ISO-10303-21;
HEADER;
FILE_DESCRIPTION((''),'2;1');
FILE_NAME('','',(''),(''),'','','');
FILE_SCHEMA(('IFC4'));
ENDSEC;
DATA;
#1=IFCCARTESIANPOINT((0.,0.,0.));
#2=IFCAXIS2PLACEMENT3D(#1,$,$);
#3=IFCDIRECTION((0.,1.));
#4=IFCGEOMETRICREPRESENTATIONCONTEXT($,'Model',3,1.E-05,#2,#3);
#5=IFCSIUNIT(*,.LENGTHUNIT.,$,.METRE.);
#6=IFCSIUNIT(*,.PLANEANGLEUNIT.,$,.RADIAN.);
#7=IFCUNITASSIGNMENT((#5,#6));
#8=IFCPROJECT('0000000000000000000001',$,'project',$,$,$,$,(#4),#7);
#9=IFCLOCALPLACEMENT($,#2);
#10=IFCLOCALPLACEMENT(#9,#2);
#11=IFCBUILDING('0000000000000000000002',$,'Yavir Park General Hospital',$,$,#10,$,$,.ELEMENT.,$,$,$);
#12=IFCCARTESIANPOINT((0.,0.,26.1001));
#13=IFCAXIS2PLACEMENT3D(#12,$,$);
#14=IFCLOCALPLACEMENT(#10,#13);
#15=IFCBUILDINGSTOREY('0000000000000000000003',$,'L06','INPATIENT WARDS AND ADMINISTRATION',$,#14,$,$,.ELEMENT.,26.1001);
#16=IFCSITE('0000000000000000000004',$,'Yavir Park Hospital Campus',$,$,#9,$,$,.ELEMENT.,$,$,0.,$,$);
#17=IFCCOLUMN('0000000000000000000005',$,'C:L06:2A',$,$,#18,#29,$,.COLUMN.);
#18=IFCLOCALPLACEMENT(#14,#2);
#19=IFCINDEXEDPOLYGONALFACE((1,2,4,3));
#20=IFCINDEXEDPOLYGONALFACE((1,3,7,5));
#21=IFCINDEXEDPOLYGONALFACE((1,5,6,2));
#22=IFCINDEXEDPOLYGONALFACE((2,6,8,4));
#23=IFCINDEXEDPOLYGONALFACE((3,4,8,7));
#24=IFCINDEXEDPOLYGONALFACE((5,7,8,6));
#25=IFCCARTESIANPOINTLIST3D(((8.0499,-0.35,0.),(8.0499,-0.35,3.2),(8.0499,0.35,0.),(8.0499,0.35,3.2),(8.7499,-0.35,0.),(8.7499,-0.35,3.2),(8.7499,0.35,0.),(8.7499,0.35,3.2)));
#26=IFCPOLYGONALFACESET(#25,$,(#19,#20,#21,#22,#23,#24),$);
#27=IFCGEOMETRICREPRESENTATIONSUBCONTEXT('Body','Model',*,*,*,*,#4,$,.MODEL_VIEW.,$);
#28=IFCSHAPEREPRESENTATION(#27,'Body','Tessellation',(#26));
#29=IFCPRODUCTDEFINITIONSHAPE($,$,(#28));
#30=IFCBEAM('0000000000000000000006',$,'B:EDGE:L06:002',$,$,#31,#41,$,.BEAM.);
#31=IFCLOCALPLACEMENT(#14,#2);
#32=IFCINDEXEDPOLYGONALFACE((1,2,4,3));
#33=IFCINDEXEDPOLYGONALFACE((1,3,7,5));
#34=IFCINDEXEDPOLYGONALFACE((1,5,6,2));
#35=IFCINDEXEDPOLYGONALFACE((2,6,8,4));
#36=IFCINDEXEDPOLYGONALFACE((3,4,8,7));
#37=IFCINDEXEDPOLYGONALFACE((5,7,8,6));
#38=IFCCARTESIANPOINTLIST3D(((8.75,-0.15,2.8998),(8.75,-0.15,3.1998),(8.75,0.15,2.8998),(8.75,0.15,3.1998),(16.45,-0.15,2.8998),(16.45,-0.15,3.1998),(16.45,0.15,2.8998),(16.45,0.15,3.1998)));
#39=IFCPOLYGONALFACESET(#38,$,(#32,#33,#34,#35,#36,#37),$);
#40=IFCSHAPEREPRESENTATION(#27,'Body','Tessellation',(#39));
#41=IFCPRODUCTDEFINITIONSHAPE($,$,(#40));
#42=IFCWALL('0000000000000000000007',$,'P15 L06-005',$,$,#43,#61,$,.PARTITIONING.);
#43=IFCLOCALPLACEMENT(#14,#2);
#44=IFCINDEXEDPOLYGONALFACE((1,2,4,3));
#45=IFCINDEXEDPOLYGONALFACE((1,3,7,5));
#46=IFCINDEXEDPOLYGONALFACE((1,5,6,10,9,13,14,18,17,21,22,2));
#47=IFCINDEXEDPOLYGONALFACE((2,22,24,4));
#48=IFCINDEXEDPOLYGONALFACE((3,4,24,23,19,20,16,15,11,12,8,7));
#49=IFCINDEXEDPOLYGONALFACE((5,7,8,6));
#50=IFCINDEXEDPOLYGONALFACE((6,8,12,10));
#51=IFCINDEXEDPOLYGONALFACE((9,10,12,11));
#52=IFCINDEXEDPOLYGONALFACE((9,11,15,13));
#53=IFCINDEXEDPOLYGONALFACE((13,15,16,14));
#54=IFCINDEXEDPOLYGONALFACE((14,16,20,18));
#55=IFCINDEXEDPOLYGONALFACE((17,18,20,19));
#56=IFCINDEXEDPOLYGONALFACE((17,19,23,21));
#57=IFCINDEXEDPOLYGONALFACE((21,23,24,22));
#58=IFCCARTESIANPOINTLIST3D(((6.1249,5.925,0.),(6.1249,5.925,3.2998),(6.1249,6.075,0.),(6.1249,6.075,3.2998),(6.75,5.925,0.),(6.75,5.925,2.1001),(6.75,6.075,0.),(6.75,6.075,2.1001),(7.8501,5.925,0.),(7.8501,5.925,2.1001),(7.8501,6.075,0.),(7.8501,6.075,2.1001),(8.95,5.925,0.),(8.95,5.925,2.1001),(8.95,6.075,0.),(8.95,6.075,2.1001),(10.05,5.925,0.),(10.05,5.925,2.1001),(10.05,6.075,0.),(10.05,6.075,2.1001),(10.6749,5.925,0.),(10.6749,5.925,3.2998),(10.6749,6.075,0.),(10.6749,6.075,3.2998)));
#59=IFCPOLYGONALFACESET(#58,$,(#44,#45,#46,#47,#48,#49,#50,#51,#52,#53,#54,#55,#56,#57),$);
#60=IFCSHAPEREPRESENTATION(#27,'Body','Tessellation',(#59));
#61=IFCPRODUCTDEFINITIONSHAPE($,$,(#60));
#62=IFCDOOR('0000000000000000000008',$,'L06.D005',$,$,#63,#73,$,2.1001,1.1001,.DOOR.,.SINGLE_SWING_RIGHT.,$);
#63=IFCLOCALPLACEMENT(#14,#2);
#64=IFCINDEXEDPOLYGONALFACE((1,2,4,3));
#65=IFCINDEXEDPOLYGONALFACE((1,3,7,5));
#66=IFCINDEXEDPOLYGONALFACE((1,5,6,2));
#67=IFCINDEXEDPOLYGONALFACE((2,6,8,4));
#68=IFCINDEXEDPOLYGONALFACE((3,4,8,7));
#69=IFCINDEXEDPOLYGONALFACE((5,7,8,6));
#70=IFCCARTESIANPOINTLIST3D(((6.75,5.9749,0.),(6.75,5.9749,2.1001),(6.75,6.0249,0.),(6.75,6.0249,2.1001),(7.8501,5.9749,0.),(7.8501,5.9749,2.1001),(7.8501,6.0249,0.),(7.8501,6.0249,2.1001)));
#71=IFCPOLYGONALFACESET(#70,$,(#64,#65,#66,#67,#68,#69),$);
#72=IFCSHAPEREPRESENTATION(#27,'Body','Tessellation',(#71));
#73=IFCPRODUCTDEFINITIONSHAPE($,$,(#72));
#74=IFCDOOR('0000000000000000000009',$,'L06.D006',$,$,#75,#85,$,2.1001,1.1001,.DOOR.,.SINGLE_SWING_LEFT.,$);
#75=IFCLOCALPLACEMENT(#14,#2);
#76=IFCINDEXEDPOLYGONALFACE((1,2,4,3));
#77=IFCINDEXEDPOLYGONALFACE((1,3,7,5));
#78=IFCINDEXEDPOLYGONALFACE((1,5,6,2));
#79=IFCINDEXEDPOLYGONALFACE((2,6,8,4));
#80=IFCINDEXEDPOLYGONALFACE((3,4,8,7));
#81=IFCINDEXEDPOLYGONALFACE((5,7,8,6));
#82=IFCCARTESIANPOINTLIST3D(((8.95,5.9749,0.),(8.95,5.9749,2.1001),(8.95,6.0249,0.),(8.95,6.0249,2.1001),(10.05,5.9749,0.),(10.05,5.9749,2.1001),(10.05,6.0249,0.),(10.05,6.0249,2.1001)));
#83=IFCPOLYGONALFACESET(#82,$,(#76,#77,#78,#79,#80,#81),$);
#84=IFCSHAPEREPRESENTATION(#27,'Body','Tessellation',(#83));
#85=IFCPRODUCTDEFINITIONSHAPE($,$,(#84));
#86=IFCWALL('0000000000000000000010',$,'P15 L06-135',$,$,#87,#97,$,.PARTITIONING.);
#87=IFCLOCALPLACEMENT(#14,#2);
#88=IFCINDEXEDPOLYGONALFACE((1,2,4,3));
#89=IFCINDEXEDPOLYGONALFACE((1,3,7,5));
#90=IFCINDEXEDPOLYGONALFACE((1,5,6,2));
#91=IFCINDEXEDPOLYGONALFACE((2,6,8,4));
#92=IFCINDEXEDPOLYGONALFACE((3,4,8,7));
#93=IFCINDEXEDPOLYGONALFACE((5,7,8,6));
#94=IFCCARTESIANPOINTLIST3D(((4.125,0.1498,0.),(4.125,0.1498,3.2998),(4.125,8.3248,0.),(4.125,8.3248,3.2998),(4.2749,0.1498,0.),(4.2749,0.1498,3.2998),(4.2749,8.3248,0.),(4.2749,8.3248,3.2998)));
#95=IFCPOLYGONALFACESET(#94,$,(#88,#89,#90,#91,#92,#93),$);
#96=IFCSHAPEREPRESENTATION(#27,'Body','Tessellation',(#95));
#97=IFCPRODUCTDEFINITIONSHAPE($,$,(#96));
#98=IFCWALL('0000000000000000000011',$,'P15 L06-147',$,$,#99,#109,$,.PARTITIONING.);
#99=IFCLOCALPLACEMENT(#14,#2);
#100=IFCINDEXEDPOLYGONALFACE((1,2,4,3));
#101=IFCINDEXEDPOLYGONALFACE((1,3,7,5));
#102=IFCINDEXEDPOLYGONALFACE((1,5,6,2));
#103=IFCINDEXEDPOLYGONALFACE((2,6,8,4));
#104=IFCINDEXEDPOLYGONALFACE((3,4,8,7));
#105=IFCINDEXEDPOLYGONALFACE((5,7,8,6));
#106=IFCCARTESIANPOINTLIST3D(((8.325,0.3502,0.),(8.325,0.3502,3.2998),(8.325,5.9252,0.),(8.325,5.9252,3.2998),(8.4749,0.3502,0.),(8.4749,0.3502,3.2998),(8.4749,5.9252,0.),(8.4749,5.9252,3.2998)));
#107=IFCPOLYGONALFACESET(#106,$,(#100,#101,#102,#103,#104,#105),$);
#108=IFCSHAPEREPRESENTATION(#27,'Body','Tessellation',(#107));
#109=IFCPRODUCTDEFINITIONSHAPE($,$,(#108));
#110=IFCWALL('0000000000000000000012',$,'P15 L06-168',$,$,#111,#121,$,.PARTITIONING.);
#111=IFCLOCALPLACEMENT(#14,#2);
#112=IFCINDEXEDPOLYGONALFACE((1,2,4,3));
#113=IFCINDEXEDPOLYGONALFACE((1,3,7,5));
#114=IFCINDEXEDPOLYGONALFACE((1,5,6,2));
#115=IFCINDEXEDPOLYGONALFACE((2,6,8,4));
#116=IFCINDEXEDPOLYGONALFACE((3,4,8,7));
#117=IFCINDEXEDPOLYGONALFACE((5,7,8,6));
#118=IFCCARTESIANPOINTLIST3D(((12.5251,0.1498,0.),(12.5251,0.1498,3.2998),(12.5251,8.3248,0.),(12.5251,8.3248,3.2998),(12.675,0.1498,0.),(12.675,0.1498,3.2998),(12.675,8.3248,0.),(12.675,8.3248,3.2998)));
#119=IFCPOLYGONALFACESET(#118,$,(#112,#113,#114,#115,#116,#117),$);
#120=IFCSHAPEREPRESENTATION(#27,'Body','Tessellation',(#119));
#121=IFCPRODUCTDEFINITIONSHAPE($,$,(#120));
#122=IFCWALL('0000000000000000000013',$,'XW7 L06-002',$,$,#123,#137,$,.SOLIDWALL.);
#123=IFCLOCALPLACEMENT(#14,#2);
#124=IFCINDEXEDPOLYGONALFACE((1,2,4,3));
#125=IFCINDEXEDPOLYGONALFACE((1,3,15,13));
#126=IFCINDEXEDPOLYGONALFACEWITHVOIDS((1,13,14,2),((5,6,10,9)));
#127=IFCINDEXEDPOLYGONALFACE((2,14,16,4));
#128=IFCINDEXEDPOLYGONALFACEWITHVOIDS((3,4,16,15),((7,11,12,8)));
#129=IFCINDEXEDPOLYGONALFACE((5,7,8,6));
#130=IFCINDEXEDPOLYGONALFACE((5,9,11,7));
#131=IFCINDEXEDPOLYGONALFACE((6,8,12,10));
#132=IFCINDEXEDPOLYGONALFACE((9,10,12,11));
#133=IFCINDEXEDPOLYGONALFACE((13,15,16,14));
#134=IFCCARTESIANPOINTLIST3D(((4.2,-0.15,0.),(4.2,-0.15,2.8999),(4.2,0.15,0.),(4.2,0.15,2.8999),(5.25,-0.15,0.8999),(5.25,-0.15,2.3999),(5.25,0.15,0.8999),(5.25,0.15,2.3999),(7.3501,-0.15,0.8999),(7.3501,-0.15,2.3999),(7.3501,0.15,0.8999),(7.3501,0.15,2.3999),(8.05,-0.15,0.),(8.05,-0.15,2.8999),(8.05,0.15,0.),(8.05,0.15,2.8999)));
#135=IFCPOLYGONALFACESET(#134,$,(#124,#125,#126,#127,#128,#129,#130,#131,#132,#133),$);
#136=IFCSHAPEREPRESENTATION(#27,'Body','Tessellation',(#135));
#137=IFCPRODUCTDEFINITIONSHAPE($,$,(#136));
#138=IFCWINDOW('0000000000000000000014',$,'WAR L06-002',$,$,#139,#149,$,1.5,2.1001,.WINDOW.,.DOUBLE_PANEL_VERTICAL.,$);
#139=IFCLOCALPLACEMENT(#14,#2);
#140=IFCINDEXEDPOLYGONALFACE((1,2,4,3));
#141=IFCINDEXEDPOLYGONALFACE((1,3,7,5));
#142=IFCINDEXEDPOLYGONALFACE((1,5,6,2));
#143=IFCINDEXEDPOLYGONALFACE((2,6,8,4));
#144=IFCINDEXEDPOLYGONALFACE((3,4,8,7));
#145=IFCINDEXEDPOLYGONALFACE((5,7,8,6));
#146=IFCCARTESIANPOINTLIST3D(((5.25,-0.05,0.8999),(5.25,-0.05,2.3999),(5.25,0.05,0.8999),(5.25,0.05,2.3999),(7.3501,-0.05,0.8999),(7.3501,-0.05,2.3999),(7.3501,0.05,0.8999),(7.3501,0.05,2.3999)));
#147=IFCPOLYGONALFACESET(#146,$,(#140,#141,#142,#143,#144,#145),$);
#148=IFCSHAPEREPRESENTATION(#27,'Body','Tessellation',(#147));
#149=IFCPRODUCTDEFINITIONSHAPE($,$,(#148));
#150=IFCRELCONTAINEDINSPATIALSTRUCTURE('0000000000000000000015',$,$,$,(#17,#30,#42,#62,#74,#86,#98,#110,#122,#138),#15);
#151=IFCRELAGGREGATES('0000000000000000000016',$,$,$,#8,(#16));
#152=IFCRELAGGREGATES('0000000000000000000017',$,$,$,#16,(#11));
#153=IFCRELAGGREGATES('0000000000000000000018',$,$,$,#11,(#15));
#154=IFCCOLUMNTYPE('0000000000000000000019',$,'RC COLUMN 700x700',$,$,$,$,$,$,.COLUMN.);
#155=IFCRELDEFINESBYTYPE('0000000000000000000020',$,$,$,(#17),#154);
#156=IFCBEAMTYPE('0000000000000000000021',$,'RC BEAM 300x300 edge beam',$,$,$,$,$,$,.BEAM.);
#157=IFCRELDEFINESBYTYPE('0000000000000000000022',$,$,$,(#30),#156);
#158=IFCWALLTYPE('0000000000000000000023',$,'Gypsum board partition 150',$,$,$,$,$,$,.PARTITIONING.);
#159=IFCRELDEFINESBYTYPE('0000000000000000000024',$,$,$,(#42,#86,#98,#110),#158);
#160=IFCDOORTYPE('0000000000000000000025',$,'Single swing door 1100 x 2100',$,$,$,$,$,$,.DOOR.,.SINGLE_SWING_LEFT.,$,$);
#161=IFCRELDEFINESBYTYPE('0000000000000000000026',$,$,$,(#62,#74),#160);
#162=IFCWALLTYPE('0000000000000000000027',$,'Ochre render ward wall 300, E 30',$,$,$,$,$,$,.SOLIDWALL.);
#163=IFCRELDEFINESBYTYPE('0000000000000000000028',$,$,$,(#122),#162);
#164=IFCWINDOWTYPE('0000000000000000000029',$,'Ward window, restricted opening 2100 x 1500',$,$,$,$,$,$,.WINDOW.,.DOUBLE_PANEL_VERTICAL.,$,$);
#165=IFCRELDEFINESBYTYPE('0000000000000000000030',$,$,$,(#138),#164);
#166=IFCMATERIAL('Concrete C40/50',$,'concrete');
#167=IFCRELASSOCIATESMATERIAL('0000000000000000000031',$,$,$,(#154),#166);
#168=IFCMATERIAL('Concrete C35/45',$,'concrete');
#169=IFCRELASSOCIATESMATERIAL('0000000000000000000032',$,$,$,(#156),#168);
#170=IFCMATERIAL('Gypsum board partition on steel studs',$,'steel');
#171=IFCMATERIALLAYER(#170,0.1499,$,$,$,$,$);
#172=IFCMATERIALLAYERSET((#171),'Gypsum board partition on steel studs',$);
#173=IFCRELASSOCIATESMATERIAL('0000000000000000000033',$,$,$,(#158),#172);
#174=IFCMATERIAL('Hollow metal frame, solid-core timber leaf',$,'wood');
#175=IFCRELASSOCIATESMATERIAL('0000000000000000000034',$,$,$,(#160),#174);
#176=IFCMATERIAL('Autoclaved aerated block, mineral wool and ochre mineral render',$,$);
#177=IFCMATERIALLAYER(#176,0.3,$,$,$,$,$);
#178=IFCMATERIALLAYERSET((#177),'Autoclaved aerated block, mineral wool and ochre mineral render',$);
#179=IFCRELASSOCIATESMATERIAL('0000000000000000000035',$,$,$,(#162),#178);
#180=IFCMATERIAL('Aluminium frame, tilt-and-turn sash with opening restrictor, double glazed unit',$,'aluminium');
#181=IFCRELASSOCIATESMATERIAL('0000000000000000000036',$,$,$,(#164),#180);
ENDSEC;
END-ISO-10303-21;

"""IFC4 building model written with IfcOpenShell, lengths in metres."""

from ifc_helpers import new_model, si_unit, direction, frame, frame_2d, origin, origin_2d, place, context, subcontext, project, spatial, rectangle, extrude, material, layer, layer_set, material_profile, profile_set, type_object, element, fill, save


model = new_model("IFC4")

# Units and contexts
model_context = context("Model", 3, precision=1e-05, world=origin(), true_north=direction((0.0, 1.0)))
body_context = subcontext(model_context, "Body", "Model", "MODEL_VIEW")
ifc_project = project(units=[si_unit("LENGTHUNIT", "METRE"), si_unit("PLANEANGLEUNIT", "RADIAN")], contexts=[model_context])

# Site, building, storey
site_placement = place(None, origin())
site = spatial("IfcSite", under=ifc_project, at=site_placement, Name="Yavir Park Hospital Campus", CompositionType="ELEMENT", RefElevation=0.0)
building_placement = place(site_placement, origin())
building = spatial("IfcBuilding", under=site, at=building_placement, Name="Yavir Park General Hospital", CompositionType="ELEMENT")
storey_placement = place(building_placement, frame((0.0, 0.0, 26.1001)))
storey = spatial("IfcBuildingStorey", under=building, at=storey_placement, Name="L06", Description="INPATIENT WARDS AND ADMINISTRATION", CompositionType="ELEMENT", Elevation=26.1001)

# Column
ifc_material_1 = material(Name="Concrete C40/50", Category="concrete")
ifc_material_profile_1 = material_profile(ifc_material_1, rectangle(XDim=0.7, YDim=0.7, at=origin_2d()), Name="RC700x700")
ifc_profile_set_1 = profile_set([ifc_material_profile_1], Name="Concrete C40/50")
column_type = type_object("IfcColumnType", Name="RC COLUMN 700x700", PredefinedType="COLUMN", material=ifc_profile_set_1)
column_placement = place(storey_placement, frame((8.3999, 0.0, 0.0), z_axis=(0.0, 0.0, 1.0), x_axis=(1.0, 0.0, 0.0)))
element("IfcColumn", 1, at=column_placement, inside=storey, type_object=column_type, Name="C:L06:2A", PredefinedType="COLUMN", context=body_context, shape_type="SweptSolid", body=[
    extrude(rectangle(XDim=0.7, YDim=0.7, at=origin_2d()), origin(), (0.0, 0.0, 1.0), 3.2),
])

# Beam
ifc_material_2 = material(Name="Concrete C35/45", Category="concrete")
ifc_material_profile_2 = material_profile(ifc_material_2, rectangle(XDim=0.3, YDim=0.3, at=origin_2d()), Name="RC300x300")
ifc_profile_set_2 = profile_set([ifc_material_profile_2], Name="Concrete C35/45")
beam_type = type_object("IfcBeamType", Name="RC BEAM 300x300 edge beam", PredefinedType="BEAM", material=ifc_profile_set_2)
beam_placement = place(storey_placement, frame((8.75, 0.0, 3.0498), z_axis=(1.0, 0.0, 0.0), x_axis=(0.0, 1.0, 0.0)))
element("IfcBeam", 2, at=beam_placement, inside=storey, type_object=beam_type, Name="B:EDGE:L06:002", PredefinedType="BEAM", context=body_context, shape_type="SweptSolid", body=[
    extrude(rectangle(XDim=0.3, YDim=0.3, at=origin_2d()), origin(), (0.0, 0.0, 1.0), 7.7),
])

# Wall, openings, doors
ifc_material_3 = material(Name="Gypsum board partition on steel studs", Category="steel")
ifc_layer_1 = layer(ifc_material_3, 0.1499)
ifc_layer_set_1 = layer_set([ifc_layer_1], Name="Gypsum board partition on steel studs")
wall_type_1 = type_object("IfcWallType", Name="Gypsum board partition 150", PredefinedType="PARTITIONING", material=ifc_layer_set_1)
wall_1_placement = place(storey_placement, frame((6.125, 6.0, 0.0), z_axis=(0.0, 0.0, 1.0), x_axis=(1.0, 0.0, 0.0)))
wall_1 = element("IfcWall", 3, at=wall_1_placement, inside=storey, type_object=wall_type_1, Name="P15 L06-005", PredefinedType="PARTITIONING", context=body_context, shape_type="SweptSolid", body=[
    extrude(rectangle(XDim=4.55, YDim=0.1499, at=frame_2d((2.2749, 0.0))), origin(), (0.0, 0.0, 1.0), 3.2998),
])
opening_1_placement = place(wall_1_placement, frame((0.625, 0.0, 0.0)))
opening_1 = element("IfcOpeningElement", 4, at=opening_1_placement, cuts=wall_1, PredefinedType="OPENING", context=body_context, shape_type="SweptSolid", body=[
    extrude(rectangle(XDim=1.1001, YDim=2.1001, at=frame_2d((0.55, 1.05))), frame((0.0, 0.085, 0.0), z_axis=(0.0, -1.0, 0.0), x_axis=(1.0, 0.0, 0.0)), (0.0, 0.0, 1.0), 0.1699),
])
opening_2_placement = place(wall_1_placement, frame((2.825, 0.0, 0.0)))
opening_2 = element("IfcOpeningElement", 5, at=opening_2_placement, cuts=wall_1, PredefinedType="OPENING", context=body_context, shape_type="SweptSolid", body=[
    extrude(rectangle(XDim=1.1001, YDim=2.1001, at=frame_2d((0.55, 1.05))), frame((0.0, 0.085, 0.0), z_axis=(0.0, -1.0, 0.0), x_axis=(1.0, 0.0, 0.0)), (0.0, 0.0, 1.0), 0.1699),
])
ifc_material_4 = material(Name="Hollow metal frame, solid-core timber leaf", Category="wood")
door_type = type_object("IfcDoorType", Name="Single swing door 1100 x 2100", OperationType="SINGLE_SWING_LEFT", PredefinedType="DOOR", material=ifc_material_4)
door_1_placement = place(opening_1_placement, origin())
door_1 = element("IfcDoor", 6, at=door_1_placement, inside=storey, type_object=door_type, Name="L06.D005", OperationType="SINGLE_SWING_RIGHT", OverallHeight=2.1001, OverallWidth=1.1001, PredefinedType="DOOR", context=body_context, shape_type="SweptSolid", body=[
    extrude(rectangle(XDim=1.1001, YDim=2.1001, at=frame_2d((0.55, 1.05))), frame((0.0, 0.0249, 0.0), z_axis=(0.0, -1.0, 0.0), x_axis=(1.0, 0.0, 0.0)), (0.0, 0.0, 1.0), 0.05),
])
fill(opening_1, door_1)
door_2_placement = place(opening_2_placement, origin())
door_2 = element("IfcDoor", 7, at=door_2_placement, inside=storey, type_object=door_type, Name="L06.D006", OperationType="SINGLE_SWING_LEFT", OverallHeight=2.1001, OverallWidth=1.1001, PredefinedType="DOOR", context=body_context, shape_type="SweptSolid", body=[
    extrude(rectangle(XDim=1.1001, YDim=2.1001, at=frame_2d((0.55, 1.05))), frame((0.0, 0.0249, 0.0), z_axis=(0.0, -1.0, 0.0), x_axis=(1.0, 0.0, 0.0)), (0.0, 0.0, 1.0), 0.05),
])
fill(opening_2, door_2)

# Walls
wall_2_placement = place(storey_placement, frame((4.2, 0.1499, 0.0), z_axis=(0.0, 0.0, 1.0), x_axis=(0.0, 1.0, 0.0)))
element("IfcWall", 8, at=wall_2_placement, inside=storey, type_object=wall_type_1, Name="P15 L06-135", PredefinedType="PARTITIONING", context=body_context, shape_type="SweptSolid", body=[
    extrude(rectangle(XDim=8.175, YDim=0.1499, at=frame_2d((4.0874, 0.0))), origin(), (0.0, 0.0, 1.0), 3.2998),
])
wall_3_placement = place(storey_placement, frame((8.3999, 0.3501, 0.0), z_axis=(0.0, 0.0, 1.0), x_axis=(0.0, 1.0, 0.0)))
element("IfcWall", 9, at=wall_3_placement, inside=storey, type_object=wall_type_1, Name="P15 L06-147", PredefinedType="PARTITIONING", context=body_context, shape_type="SweptSolid", body=[
    extrude(rectangle(XDim=5.575, YDim=0.1499, at=frame_2d((2.7876, 0.0))), origin(), (0.0, 0.0, 1.0), 3.2998),
])
wall_4_placement = place(storey_placement, frame((12.6001, 0.1499, 0.0), z_axis=(0.0, 0.0, 1.0), x_axis=(0.0, 1.0, 0.0)))
element("IfcWall", 10, at=wall_4_placement, inside=storey, type_object=wall_type_1, Name="P15 L06-168", PredefinedType="PARTITIONING", context=body_context, shape_type="SweptSolid", body=[
    extrude(rectangle(XDim=8.175, YDim=0.1499, at=frame_2d((4.0874, 0.0))), origin(), (0.0, 0.0, 1.0), 3.2998),
])

# Wall, opening, window
ifc_material_5 = material(Name="Autoclaved aerated block, mineral wool and ochre mineral render")
ifc_layer_2 = layer(ifc_material_5, 0.3)
ifc_layer_set_2 = layer_set([ifc_layer_2], Name="Autoclaved aerated block, mineral wool and ochre mineral render")
wall_type_2 = type_object("IfcWallType", Name="Ochre render ward wall 300, E 30", PredefinedType="SOLIDWALL", material=ifc_layer_set_2)
wall_5_placement = place(storey_placement, frame((4.2, 0.0, 0.0), z_axis=(0.0, 0.0, 1.0), x_axis=(1.0, 0.0, 0.0)))
wall_5 = element("IfcWall", 11, at=wall_5_placement, inside=storey, type_object=wall_type_2, Name="XW7 L06-002", PredefinedType="SOLIDWALL", context=body_context, shape_type="SweptSolid", body=[
    extrude(rectangle(XDim=3.8501, YDim=0.3, at=frame_2d((1.925, 0.0))), origin(), (0.0, 0.0, 1.0), 2.8999),
])
opening_3_placement = place(wall_5_placement, frame((1.05, 0.0, 0.8999)))
opening_3 = element("IfcOpeningElement", 12, at=opening_3_placement, cuts=wall_5, PredefinedType="OPENING", context=body_context, shape_type="SweptSolid", body=[
    extrude(rectangle(XDim=2.1001, YDim=1.5, at=frame_2d((1.05, 0.75))), frame((0.0, 0.1599, 0.0), z_axis=(0.0, -1.0, 0.0), x_axis=(1.0, 0.0, 0.0)), (0.0, 0.0, 1.0), 0.3201),
])
ifc_material_6 = material(Name="Aluminium frame, tilt-and-turn sash with opening restrictor, double glazed unit", Category="aluminium")
window_type = type_object("IfcWindowType", Name="Ward window, restricted opening 2100 x 1500", PartitioningType="DOUBLE_PANEL_VERTICAL", PredefinedType="WINDOW", material=ifc_material_6)
window_1_placement = place(opening_3_placement, origin())
window_1 = element("IfcWindow", 13, at=window_1_placement, inside=storey, type_object=window_type, Name="WAR L06-002", OverallHeight=1.5, OverallWidth=2.1001, PartitioningType="DOUBLE_PANEL_VERTICAL", PredefinedType="WINDOW", context=body_context, shape_type="SweptSolid", body=[
    extrude(rectangle(XDim=2.1001, YDim=1.5, at=frame_2d((1.05, 0.75))), frame((0.0, 0.05, 0.0), z_axis=(0.0, -1.0, 0.0), x_axis=(1.0, 0.0, 0.0)), (0.0, 0.0, 1.0), 0.1001),
])
fill(opening_3, window_1)

save(model, "model.ifc")
